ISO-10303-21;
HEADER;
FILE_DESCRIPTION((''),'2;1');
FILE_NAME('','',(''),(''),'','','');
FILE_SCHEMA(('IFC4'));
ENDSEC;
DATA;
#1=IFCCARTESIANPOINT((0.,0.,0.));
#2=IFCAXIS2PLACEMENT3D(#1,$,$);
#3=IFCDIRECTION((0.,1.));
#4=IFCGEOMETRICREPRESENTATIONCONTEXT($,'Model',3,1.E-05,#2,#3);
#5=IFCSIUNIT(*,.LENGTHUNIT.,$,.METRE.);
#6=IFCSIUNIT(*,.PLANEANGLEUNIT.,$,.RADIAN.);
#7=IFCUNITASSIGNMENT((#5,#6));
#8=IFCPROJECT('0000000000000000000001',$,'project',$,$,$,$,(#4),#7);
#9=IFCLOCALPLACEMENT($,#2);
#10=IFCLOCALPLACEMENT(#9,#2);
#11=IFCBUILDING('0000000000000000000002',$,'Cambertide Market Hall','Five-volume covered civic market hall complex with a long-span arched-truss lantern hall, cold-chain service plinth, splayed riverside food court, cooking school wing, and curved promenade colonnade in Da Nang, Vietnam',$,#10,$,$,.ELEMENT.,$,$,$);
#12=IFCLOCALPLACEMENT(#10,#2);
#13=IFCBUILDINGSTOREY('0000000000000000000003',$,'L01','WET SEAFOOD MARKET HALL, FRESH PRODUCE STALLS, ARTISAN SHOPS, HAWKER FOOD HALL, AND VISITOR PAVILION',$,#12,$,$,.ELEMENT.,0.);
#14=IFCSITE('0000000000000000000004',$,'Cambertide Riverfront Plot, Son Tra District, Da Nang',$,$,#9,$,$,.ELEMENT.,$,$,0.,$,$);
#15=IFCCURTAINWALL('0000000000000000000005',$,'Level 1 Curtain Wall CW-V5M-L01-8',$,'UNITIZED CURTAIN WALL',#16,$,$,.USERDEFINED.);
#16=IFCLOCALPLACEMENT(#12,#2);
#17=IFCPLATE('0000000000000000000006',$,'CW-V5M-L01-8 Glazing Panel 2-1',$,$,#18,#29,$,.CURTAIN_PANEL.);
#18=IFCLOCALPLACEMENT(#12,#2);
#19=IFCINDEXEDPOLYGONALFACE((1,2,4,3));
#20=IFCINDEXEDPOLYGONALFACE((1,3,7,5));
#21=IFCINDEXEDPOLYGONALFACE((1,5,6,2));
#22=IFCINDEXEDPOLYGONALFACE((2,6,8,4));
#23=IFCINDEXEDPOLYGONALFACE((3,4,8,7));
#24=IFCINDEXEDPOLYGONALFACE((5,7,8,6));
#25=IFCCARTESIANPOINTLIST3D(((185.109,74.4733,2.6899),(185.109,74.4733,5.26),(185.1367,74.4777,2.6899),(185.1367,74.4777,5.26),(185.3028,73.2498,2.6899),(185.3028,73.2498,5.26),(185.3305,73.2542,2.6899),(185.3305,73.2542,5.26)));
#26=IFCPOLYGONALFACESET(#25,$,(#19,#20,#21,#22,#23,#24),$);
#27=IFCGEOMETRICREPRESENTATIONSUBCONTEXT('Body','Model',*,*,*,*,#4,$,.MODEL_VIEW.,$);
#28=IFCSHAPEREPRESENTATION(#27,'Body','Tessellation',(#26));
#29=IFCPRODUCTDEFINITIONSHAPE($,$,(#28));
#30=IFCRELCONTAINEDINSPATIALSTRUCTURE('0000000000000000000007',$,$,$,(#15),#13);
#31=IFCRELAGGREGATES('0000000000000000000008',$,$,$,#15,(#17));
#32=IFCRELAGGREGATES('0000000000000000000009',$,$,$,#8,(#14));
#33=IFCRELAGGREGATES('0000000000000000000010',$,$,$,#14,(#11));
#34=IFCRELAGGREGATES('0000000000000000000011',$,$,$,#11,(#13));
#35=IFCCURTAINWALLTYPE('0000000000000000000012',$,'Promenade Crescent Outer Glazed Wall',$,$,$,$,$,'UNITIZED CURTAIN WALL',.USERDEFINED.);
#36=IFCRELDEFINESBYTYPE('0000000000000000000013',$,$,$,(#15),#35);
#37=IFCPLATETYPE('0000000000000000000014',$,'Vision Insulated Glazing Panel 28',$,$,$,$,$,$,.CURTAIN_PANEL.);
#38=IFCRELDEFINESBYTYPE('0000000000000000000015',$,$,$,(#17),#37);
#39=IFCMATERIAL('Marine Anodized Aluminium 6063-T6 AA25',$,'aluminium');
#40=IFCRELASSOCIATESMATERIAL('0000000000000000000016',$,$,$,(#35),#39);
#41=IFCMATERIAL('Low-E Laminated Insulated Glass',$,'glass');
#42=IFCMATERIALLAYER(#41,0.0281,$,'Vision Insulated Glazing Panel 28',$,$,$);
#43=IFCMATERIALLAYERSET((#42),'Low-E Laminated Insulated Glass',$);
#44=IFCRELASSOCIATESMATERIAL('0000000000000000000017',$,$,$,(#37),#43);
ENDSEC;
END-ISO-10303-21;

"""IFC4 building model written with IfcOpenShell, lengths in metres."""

from ifc_helpers import new_model, si_unit, direction, frame, origin, origin_2d, place, context, subcontext, project, spatial, rectangle, extrude, material, layer, layer_set, type_object, element, aggregate, save


model = new_model("IFC4")

# Units and contexts
model_context = context("Model", 3, precision=1e-05, world=origin(), true_north=direction((0.0, 1.0)))
body_context = subcontext(model_context, "Body", "Model", "MODEL_VIEW")
ifc_project = project(units=[si_unit("LENGTHUNIT", "METRE"), si_unit("PLANEANGLEUNIT", "RADIAN")], contexts=[model_context])

# Site, building, storey
site_placement = place(None, origin())
site = spatial("IfcSite", under=ifc_project, at=site_placement, Name="Cambertide Riverfront Plot, Son Tra District, Da Nang", CompositionType="ELEMENT", RefElevation=0.0)
building_placement = place(site_placement, origin())
building = spatial("IfcBuilding", under=site, at=building_placement, Name="Cambertide Market Hall", Description="Five-volume covered civic market hall complex with a long-span arched-truss lantern hall, cold-chain service plinth, splayed riverside food court, cooking school wing, and curved promenade colonnade in Da Nang, Vietnam", CompositionType="ELEMENT")
storey_placement = place(building_placement, origin())
storey = spatial("IfcBuildingStorey", under=building, at=storey_placement, Name="L01", Description="WET SEAFOOD MARKET HALL, FRESH PRODUCE STALLS, ARTISAN SHOPS, HAWKER FOOD HALL, AND VISITOR PAVILION", CompositionType="ELEMENT", Elevation=0.0)

# Curtain wall
ifc_material_1 = material(Name="Marine Anodized Aluminium 6063-T6 AA25", Category="aluminium")
curtain_wall_type_1 = type_object("IfcCurtainWallType", Name="Promenade Crescent Outer Glazed Wall", ElementType="UNITIZED CURTAIN WALL", PredefinedType="USERDEFINED", material=ifc_material_1)
curtain_wall_1_placement = place(storey_placement, origin())
curtain_wall_1 = element("IfcCurtainWall", 1, at=curtain_wall_1_placement, inside=storey, type_object=curtain_wall_type_1, Name="Level 1 Curtain Wall CW-V5M-L01-8", ObjectType="UNITIZED CURTAIN WALL", PredefinedType="USERDEFINED")

# Plate
ifc_material_2 = material(Name="Low-E Laminated Insulated Glass", Category="glass")
ifc_layer = layer(ifc_material_2, 0.0281, Name="Vision Insulated Glazing Panel 28")
ifc_layer_set = layer_set([ifc_layer], Name="Low-E Laminated Insulated Glass")
plate_type = type_object("IfcPlateType", Name="Vision Insulated Glazing Panel 28", PredefinedType="CURTAIN_PANEL", material=ifc_layer_set)
plate_1_placement = place(storey_placement, frame((185.2197, 73.8638, 2.6899), z_axis=(0.0, 0.0, 1.0), x_axis=(0.156435, -0.987688, 0.0)))
plate_1 = element("IfcPlate", 2, at=plate_1_placement, type_object=plate_type, Name="CW-V5M-L01-8 Glazing Panel 2-1", PredefinedType="CURTAIN_PANEL", context=body_context, shape_type="SweptSolid", body=[
    extrude(rectangle(XDim=1.2388, YDim=0.0281, at=origin_2d()), origin(), (0.0, 0.0, 1.0), 2.5701),
])
aggregate(curtain_wall_1, [plate_1])

save(model, "model.ifc")
